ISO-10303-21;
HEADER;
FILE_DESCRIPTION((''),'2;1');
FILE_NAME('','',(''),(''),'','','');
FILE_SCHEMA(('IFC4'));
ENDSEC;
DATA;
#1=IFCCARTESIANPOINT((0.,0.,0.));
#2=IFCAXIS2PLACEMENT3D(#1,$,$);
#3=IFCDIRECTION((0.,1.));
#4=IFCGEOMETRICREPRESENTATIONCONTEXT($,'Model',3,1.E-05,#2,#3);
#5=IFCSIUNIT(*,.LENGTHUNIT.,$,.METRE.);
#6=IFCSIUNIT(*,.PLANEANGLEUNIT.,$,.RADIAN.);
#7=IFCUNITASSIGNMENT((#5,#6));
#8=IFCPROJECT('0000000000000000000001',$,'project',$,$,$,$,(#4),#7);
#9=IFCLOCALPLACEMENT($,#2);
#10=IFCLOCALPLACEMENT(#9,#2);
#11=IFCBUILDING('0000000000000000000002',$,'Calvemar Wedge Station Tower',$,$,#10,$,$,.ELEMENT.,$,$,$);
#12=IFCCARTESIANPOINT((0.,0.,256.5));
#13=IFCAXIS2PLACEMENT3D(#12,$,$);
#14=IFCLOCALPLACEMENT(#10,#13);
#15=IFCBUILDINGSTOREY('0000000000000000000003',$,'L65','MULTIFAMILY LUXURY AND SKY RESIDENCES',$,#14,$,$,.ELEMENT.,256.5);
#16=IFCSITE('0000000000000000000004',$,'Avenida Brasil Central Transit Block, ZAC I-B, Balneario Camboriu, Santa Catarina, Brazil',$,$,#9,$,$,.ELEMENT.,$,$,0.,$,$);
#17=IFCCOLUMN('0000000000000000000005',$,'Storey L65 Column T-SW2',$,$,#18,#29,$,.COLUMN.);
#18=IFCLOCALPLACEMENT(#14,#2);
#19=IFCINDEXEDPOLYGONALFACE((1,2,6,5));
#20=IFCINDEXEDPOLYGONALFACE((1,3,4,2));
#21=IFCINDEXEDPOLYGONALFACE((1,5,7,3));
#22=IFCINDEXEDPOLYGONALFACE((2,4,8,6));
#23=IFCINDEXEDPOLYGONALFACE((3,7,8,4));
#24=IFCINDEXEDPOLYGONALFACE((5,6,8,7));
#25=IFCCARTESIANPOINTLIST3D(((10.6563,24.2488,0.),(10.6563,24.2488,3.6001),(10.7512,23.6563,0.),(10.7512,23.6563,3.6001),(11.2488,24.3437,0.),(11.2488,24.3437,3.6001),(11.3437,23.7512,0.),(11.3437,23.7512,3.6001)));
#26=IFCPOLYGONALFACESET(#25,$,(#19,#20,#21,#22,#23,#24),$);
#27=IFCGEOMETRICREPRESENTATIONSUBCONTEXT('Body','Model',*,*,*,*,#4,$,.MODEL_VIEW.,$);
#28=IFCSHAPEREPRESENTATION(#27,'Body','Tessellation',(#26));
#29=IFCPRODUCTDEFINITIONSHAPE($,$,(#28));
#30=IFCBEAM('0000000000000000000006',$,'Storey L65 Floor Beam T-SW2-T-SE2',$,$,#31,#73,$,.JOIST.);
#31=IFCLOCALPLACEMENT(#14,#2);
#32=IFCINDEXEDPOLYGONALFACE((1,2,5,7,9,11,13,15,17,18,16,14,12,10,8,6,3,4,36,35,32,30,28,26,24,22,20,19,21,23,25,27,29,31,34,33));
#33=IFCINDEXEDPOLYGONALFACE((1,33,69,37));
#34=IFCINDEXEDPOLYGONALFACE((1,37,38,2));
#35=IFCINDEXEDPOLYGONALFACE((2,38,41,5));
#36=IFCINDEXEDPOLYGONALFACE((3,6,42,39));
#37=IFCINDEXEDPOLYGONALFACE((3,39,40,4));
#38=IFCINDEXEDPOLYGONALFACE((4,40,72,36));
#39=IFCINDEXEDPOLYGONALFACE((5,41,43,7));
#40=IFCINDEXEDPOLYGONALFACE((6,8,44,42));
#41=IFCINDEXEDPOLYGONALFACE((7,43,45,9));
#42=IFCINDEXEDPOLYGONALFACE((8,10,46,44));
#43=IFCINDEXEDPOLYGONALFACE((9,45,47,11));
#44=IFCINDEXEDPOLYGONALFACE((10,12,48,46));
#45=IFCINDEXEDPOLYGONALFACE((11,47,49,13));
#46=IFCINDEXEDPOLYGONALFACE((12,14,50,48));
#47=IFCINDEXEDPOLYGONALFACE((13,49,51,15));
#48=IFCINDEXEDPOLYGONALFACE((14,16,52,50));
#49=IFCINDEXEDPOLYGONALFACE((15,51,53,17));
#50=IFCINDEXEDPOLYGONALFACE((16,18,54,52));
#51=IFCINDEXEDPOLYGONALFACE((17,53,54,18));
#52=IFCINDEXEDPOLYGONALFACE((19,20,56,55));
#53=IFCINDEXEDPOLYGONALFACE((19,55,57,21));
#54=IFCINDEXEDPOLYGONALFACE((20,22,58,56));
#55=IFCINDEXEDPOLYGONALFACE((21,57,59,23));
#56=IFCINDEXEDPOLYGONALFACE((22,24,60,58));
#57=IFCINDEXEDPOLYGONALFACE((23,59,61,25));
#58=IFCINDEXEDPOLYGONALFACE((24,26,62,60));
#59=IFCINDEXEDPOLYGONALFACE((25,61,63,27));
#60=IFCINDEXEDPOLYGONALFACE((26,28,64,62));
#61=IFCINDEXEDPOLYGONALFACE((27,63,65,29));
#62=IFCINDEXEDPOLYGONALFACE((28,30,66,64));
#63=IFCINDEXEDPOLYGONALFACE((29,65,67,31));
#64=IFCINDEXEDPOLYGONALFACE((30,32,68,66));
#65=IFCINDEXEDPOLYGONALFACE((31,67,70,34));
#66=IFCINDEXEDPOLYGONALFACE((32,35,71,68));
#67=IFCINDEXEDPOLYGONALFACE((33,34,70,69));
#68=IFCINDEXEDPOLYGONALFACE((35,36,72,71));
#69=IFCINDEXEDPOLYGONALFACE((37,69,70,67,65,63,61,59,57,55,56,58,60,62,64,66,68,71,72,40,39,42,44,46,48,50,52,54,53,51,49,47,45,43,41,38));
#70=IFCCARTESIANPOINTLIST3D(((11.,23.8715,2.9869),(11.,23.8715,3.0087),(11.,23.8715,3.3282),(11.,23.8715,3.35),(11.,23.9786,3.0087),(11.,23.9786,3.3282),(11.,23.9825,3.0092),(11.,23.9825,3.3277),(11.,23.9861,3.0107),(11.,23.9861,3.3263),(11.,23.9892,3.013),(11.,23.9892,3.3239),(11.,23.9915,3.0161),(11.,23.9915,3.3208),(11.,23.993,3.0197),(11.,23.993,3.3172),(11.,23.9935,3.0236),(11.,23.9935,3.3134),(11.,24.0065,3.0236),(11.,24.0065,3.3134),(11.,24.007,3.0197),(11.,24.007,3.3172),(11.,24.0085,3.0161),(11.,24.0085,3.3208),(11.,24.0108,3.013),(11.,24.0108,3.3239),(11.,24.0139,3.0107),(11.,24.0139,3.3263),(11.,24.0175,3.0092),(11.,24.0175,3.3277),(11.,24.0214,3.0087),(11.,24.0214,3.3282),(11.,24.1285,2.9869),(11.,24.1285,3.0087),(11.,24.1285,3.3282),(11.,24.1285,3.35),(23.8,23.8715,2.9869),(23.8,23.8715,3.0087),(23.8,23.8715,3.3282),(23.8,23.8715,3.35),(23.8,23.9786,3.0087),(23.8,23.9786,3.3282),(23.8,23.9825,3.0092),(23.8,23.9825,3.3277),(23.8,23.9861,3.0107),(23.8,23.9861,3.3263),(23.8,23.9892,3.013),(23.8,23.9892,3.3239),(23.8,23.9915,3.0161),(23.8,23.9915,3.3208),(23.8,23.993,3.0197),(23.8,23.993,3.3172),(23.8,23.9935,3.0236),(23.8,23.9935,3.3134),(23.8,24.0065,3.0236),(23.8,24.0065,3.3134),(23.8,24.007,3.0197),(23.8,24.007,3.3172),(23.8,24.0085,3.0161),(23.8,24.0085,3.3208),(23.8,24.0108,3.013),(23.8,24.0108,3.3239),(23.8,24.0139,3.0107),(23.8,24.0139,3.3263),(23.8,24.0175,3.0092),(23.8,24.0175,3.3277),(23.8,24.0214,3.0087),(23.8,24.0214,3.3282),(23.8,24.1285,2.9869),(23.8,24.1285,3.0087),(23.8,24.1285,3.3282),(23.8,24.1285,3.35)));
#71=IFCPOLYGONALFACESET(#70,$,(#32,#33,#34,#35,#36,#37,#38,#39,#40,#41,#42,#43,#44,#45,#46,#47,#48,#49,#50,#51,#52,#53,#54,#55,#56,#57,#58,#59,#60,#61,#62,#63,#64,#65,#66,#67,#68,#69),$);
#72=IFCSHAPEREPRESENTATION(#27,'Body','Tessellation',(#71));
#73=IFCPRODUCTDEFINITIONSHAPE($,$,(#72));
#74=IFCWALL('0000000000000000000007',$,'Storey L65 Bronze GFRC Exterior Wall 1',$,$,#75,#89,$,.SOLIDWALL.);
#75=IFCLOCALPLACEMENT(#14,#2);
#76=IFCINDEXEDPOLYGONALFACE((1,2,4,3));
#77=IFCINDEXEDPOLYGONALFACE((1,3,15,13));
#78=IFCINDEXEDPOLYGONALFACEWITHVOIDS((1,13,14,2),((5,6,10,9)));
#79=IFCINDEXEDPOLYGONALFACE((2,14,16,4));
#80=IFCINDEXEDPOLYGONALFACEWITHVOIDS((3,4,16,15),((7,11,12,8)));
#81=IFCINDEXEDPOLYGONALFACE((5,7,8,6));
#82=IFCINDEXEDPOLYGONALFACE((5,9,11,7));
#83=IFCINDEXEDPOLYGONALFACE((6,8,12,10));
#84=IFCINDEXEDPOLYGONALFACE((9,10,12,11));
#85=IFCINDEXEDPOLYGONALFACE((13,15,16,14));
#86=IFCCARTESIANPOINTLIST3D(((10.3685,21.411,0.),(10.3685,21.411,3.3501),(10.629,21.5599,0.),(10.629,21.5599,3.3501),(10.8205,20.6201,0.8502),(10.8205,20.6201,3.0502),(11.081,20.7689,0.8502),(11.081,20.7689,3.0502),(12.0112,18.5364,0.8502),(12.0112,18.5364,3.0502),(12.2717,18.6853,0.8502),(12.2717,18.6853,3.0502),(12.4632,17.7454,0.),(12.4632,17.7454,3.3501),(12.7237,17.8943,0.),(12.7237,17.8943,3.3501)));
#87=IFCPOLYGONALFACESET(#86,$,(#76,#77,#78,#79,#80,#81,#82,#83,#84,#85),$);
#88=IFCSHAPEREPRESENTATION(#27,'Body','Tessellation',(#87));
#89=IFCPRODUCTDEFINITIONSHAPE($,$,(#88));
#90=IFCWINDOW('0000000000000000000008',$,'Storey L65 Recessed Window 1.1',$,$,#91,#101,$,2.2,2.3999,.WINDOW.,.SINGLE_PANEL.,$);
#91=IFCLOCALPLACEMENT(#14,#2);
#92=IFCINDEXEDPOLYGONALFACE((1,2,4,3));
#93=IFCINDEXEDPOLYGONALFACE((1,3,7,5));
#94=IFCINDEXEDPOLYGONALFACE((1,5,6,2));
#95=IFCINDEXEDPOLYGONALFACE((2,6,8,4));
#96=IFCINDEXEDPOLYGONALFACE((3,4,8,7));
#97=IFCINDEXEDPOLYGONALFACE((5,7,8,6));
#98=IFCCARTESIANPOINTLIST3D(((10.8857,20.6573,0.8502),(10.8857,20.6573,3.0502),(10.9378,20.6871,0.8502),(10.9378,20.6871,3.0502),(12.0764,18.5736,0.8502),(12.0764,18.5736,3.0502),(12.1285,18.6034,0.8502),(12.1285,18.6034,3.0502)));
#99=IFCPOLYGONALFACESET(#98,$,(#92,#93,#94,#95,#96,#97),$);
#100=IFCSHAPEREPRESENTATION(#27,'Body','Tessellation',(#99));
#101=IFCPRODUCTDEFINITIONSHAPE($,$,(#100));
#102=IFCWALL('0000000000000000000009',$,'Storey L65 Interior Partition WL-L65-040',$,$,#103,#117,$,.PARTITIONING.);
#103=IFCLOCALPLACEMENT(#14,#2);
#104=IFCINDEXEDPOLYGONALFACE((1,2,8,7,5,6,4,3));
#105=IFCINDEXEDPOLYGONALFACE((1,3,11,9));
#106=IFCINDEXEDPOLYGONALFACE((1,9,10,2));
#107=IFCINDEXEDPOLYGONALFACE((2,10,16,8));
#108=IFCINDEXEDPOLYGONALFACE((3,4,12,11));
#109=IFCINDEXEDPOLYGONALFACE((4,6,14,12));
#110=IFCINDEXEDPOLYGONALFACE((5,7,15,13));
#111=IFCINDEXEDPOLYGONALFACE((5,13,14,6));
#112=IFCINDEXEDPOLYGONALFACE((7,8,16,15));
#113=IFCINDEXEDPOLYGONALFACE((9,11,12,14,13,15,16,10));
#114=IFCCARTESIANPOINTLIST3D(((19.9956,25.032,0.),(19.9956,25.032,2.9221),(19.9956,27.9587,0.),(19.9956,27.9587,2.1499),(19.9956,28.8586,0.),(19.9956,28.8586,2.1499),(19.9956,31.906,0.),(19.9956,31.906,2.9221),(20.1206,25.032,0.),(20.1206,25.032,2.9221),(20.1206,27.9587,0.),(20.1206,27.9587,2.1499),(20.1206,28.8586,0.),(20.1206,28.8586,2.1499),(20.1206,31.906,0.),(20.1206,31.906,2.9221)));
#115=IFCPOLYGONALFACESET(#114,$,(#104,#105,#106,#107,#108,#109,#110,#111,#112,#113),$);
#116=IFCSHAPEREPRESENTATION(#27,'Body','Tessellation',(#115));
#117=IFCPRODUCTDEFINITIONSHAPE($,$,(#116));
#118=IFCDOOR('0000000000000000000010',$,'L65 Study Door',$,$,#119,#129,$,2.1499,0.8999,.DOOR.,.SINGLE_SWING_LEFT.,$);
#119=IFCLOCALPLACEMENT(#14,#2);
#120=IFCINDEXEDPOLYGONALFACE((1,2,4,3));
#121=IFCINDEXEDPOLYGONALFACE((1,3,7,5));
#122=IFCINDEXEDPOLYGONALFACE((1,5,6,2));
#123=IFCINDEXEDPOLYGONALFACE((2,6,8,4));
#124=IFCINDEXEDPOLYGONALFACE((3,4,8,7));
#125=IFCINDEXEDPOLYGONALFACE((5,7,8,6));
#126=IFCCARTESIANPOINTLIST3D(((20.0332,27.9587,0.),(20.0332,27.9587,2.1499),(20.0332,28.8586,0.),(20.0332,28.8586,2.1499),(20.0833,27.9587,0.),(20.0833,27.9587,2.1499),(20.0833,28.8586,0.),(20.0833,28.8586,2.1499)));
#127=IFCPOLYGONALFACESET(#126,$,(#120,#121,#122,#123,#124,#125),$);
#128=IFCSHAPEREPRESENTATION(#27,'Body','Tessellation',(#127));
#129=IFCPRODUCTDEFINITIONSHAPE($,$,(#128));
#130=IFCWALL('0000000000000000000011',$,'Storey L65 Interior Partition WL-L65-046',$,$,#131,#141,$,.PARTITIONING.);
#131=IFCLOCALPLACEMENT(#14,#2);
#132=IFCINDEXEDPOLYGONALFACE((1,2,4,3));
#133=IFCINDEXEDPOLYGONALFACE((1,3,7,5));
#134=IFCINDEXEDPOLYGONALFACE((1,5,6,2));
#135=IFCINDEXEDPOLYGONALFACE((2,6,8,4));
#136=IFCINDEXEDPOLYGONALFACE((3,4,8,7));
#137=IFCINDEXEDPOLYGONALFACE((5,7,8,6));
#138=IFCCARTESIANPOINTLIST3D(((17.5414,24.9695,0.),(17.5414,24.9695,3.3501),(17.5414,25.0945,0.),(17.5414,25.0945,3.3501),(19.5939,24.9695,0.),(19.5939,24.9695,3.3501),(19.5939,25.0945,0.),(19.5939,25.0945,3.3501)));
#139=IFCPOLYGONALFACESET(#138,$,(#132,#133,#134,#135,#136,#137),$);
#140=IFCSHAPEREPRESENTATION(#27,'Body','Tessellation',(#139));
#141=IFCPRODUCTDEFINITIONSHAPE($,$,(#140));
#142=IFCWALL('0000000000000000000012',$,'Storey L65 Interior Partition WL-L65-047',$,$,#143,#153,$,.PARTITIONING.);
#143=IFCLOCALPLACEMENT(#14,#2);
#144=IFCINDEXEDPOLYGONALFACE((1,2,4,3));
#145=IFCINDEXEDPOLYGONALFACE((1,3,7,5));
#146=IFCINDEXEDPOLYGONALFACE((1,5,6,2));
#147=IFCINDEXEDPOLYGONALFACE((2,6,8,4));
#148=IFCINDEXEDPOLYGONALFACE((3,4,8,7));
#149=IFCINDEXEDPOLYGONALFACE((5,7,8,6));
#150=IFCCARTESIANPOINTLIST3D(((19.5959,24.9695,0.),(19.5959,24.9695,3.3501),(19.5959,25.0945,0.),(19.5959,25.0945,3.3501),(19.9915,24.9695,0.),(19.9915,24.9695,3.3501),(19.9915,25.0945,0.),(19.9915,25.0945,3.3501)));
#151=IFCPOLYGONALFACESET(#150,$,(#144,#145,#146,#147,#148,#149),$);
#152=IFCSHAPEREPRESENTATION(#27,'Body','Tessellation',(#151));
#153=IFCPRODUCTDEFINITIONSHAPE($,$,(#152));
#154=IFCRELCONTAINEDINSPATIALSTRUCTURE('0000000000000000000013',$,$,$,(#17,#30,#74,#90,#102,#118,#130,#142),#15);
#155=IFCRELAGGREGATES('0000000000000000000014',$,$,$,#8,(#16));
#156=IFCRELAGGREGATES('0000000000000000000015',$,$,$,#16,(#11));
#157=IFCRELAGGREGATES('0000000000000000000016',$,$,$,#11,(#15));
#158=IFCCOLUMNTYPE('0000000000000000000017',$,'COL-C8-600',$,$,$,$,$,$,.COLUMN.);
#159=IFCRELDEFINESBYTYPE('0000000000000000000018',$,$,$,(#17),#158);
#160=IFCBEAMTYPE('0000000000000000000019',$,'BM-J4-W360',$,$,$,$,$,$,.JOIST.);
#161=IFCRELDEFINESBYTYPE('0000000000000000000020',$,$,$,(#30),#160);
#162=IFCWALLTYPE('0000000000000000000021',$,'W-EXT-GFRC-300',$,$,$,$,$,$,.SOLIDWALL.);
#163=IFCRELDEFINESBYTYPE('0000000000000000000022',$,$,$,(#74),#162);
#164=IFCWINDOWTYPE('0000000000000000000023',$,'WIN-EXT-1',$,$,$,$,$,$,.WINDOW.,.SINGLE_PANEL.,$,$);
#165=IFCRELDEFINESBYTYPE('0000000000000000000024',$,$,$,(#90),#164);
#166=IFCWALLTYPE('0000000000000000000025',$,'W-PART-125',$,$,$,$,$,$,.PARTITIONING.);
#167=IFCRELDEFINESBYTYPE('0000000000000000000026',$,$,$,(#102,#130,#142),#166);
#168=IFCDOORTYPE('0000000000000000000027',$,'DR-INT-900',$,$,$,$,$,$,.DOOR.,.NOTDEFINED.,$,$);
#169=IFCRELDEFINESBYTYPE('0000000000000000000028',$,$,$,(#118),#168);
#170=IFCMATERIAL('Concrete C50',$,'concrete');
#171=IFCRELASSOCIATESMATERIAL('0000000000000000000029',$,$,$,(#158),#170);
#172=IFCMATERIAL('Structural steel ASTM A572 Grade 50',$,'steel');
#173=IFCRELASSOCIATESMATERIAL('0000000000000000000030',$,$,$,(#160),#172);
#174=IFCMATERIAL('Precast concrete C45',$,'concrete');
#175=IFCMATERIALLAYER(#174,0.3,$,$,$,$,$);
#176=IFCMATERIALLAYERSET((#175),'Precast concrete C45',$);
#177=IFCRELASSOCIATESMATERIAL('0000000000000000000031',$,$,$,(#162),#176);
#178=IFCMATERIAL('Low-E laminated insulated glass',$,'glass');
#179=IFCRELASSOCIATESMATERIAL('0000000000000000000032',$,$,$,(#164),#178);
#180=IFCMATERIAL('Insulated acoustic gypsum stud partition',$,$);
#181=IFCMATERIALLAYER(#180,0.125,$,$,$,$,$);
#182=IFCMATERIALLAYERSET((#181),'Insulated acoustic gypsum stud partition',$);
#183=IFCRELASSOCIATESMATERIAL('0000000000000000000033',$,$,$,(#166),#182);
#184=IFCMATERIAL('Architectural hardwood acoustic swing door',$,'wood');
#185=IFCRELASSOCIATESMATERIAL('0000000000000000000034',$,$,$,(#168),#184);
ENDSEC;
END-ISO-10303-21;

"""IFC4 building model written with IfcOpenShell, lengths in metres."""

from ifc_helpers import new_model, si_unit, direction, frame, frame_2d, origin, origin_2d, place, context, subcontext, project, spatial, rectangle, i_section, extrude, source, transform, mapped, material, layer, layer_set, material_profile, profile_set, type_object, element, fill, save


model = new_model("IFC4")

# Units and contexts
model_context = context("Model", 3, precision=1e-05, world=origin(), true_north=direction((0.0, 1.0)))
body_context = subcontext(model_context, "Body", "Model", "MODEL_VIEW")
ifc_project = project(units=[si_unit("LENGTHUNIT", "METRE"), si_unit("PLANEANGLEUNIT", "RADIAN")], contexts=[model_context])

# Site, building, storey
site_placement = place(None, origin())
site = spatial("IfcSite", under=ifc_project, at=site_placement, Name="Avenida Brasil Central Transit Block, ZAC I-B, Balneario Camboriu, Santa Catarina, Brazil", CompositionType="ELEMENT", RefElevation=0.0)
building_placement = place(site_placement, origin())
building = spatial("IfcBuilding", under=site, at=building_placement, Name="Calvemar Wedge Station Tower", CompositionType="ELEMENT")
storey_placement = place(building_placement, frame((0.0, 0.0, 256.5)))
storey = spatial("IfcBuildingStorey", under=building, at=storey_placement, Name="L65", Description="MULTIFAMILY LUXURY AND SKY RESIDENCES", CompositionType="ELEMENT", Elevation=256.5)

# Column
ifc_material_1 = material(Name="Concrete C50", Category="concrete")
ifc_material_profile_1 = material_profile(ifc_material_1, rectangle(XDim=0.6001, YDim=0.6001, at=origin_2d()), Name="RC600x600")
ifc_profile_set_1 = profile_set([ifc_material_profile_1], Name="Concrete C50")
column_type = type_object("IfcColumnType", Name="COL-C8-600", PredefinedType="COLUMN", material=ifc_profile_set_1)
shared_shape_1 = source(origin(), body_context, "Body", "SweptSolid", [
    extrude(rectangle(XDim=0.6001, YDim=0.6001, at=origin_2d()), origin(), (0.0, 0.0, 1.0), 3.6001),
])
column_placement = place(storey_placement, frame((11.0, 24.0, 0.0), z_axis=(0.0, 0.0, 1.0), x_axis=(0.158158, -0.987414, 0.0)))
element("IfcColumn", 1, at=column_placement, inside=storey, type_object=column_type, Name="Storey L65 Column T-SW2", PredefinedType="COLUMN", context=body_context, shape_type="MappedRepresentation", body=[
    mapped(shared_shape_1, transform((0.0, 0.0, 0.0), scale=1.0)),
])

# Beam
ifc_material_2 = material(Name="Structural steel ASTM A572 Grade 50", Category="steel")
ifc_material_profile_2 = material_profile(ifc_material_2, i_section(OverallWidth=0.2571, OverallDepth=0.363, WebThickness=0.0129, FlangeThickness=0.0217, FilletRadius=0.0149, at=origin_2d()), Name="W360x122")
ifc_profile_set_2 = profile_set([ifc_material_profile_2], Name="Structural steel ASTM A572 Grade 50")
beam_type = type_object("IfcBeamType", Name="BM-J4-W360", PredefinedType="JOIST", material=ifc_profile_set_2)
shared_shape_2 = source(origin(), body_context, "Body", "SweptSolid", [
    extrude(i_section(OverallWidth=0.2571, OverallDepth=0.363, WebThickness=0.0129, FlangeThickness=0.0217, FilletRadius=0.0149, at=origin_2d()), origin(), (0.0, 0.0, 1.0), 12.8),
])
beam_placement = place(storey_placement, frame((11.0, 24.0, 3.1685), z_axis=(1.0, 0.0, 0.0), x_axis=(0.0, 1.0, 0.0)))
element("IfcBeam", 2, at=beam_placement, inside=storey, type_object=beam_type, Name="Storey L65 Floor Beam T-SW2-T-SE2", PredefinedType="JOIST", context=body_context, shape_type="MappedRepresentation", body=[
    mapped(shared_shape_2, transform((0.0, 0.0, 0.0), scale=1.0)),
])

# Wall, opening, window
ifc_material_3 = material(Name="Precast concrete C45", Category="concrete")
ifc_layer_1 = layer(ifc_material_3, 0.3)
ifc_layer_set_1 = layer_set([ifc_layer_1], Name="Precast concrete C45")
wall_type_1 = type_object("IfcWallType", Name="W-EXT-GFRC-300", PredefinedType="SOLIDWALL", material=ifc_layer_set_1)
wall_1_placement = place(storey_placement, frame((10.4988, 21.4854, 0.0), z_axis=(0.0, 0.0, 1.0), x_axis=(0.496164, -0.868229, 0.0)))
wall_1 = element("IfcWall", 3, at=wall_1_placement, inside=storey, type_object=wall_type_1, Name="Storey L65 Bronze GFRC Exterior Wall 1", PredefinedType="SOLIDWALL", context=body_context, shape_type="SweptSolid", body=[
    extrude(rectangle(XDim=4.2219, YDim=0.3, at=frame_2d((2.1108, 0.0))), origin(), (0.0, 0.0, 1.0), 3.3501),
])
shared_shape_3 = source(origin(), body_context, "Body", "SweptSolid", [
    extrude(rectangle(XDim=2.3999, YDim=2.2, at=frame_2d((1.2, 1.1001))), frame((0.0, 0.1602, 0.0), z_axis=(0.0, -1.0, 0.0), x_axis=(1.0, 0.0, 0.0)), (0.0, 0.0, 1.0), 0.3201),
])
opening_1_placement = place(wall_1_placement, frame((0.9109, 0.0, 0.8501)))
opening_1 = element("IfcOpeningElement", 4, at=opening_1_placement, cuts=wall_1, PredefinedType="OPENING", context=body_context, shape_type="MappedRepresentation", body=[
    mapped(shared_shape_3, transform((0.0, 0.0, 0.0), scale=1.0)),
])
ifc_material_4 = material(Name="Low-E laminated insulated glass", Category="glass")
window_type = type_object("IfcWindowType", Name="WIN-EXT-1", PartitioningType="SINGLE_PANEL", PredefinedType="WINDOW", material=ifc_material_4)
shared_shape_4 = source(origin(), body_context, "Body", "SweptSolid", [
    extrude(rectangle(XDim=2.3999, YDim=2.2, at=frame_2d((1.2, 1.1001))), frame((0.0, -0.0149, 0.0), z_axis=(0.0, -1.0, 0.0), x_axis=(1.0, 0.0, 0.0)), (0.0, 0.0, 1.0), 0.0601),
])
window_placement = place(opening_1_placement, origin())
window = element("IfcWindow", 5, at=window_placement, inside=storey, type_object=window_type, Name="Storey L65 Recessed Window 1.1", OverallHeight=2.2, OverallWidth=2.3999, PartitioningType="SINGLE_PANEL", PredefinedType="WINDOW", context=body_context, shape_type="MappedRepresentation", body=[
    mapped(shared_shape_4, transform((0.0, 0.0, 0.0), scale=1.0)),
])
fill(opening_1, window)

# Wall, opening, door
ifc_material_5 = material(Name="Insulated acoustic gypsum stud partition")
ifc_layer_2 = layer(ifc_material_5, 0.125)
ifc_layer_set_2 = layer_set([ifc_layer_2], Name="Insulated acoustic gypsum stud partition")
wall_type_2 = type_object("IfcWallType", Name="W-PART-125", PredefinedType="PARTITIONING", material=ifc_layer_set_2)
wall_2_placement = place(storey_placement, frame((20.0581, 25.032, 0.0), z_axis=(0.0, 0.0, 1.0), x_axis=(0.0, 1.0, 0.0)))
wall_2 = element("IfcWall", 6, at=wall_2_placement, inside=storey, type_object=wall_type_2, Name="Storey L65 Interior Partition WL-L65-040", PredefinedType="PARTITIONING", context=body_context, shape_type="SweptSolid", body=[
    extrude(rectangle(XDim=6.874, YDim=0.125, at=frame_2d((3.437, 0.0))), origin(), (0.0, 0.0, 1.0), 2.9221),
])
shared_shape_5 = source(origin(), body_context, "Body", "SweptSolid", [
    extrude(rectangle(XDim=0.8999, YDim=2.1499, at=frame_2d((0.45, 1.075))), frame((0.0, 0.0725, 0.0), z_axis=(0.0, -1.0, 0.0), x_axis=(1.0, 0.0, 0.0)), (0.0, 0.0, 1.0), 0.145),
])
opening_2_placement = place(wall_2_placement, frame((2.9268, 0.0, 0.0)))
opening_2 = element("IfcOpeningElement", 7, at=opening_2_placement, cuts=wall_2, PredefinedType="OPENING", context=body_context, shape_type="MappedRepresentation", body=[
    mapped(shared_shape_5, transform((0.0, 0.0, 0.0), scale=1.0)),
])
ifc_material_6 = material(Name="Architectural hardwood acoustic swing door", Category="wood")
door_type_1 = type_object("IfcDoorType", Name="DR-INT-900", OperationType="NOTDEFINED", PredefinedType="DOOR", material=ifc_material_6)
shared_shape_6 = source(origin(), body_context, "Body", "SweptSolid", [
    extrude(rectangle(XDim=0.8999, YDim=2.1499, at=frame_2d((0.45, 1.075))), frame((0.0, 0.0249, 0.0), z_axis=(0.0, -1.0, 0.0), x_axis=(1.0, 0.0, 0.0)), (0.0, 0.0, 1.0), 0.05),
])
door_1_placement = place(opening_2_placement, origin())
door_1 = element("IfcDoor", 8, at=door_1_placement, inside=storey, type_object=door_type_1, Name="L65 Study Door", OperationType="SINGLE_SWING_LEFT", OverallHeight=2.1499, OverallWidth=0.8999, PredefinedType="DOOR", context=body_context, shape_type="MappedRepresentation", body=[
    mapped(shared_shape_6, transform((0.0, 0.0, 0.0), scale=1.0)),
])
fill(opening_2, door_1)

# Walls
wall_3_placement = place(storey_placement, frame((19.594, 25.032, 0.0), z_axis=(0.0, 0.0, 1.0), x_axis=(-1.0, 0.0, 0.0)))
element("IfcWall", 9, at=wall_3_placement, inside=storey, type_object=wall_type_2, Name="Storey L65 Interior Partition WL-L65-046", PredefinedType="PARTITIONING", context=body_context, shape_type="SweptSolid", body=[
    extrude(rectangle(XDim=2.0525, YDim=0.125, at=frame_2d((1.0264, 0.0))), origin(), (0.0, 0.0, 1.0), 3.3501),
])
wall_4_placement = place(storey_placement, frame((19.9915, 25.032, 0.0), z_axis=(0.0, 0.0, 1.0), x_axis=(-1.0, 0.0, 0.0)))
element("IfcWall", 10, at=wall_4_placement, inside=storey, type_object=wall_type_2, Name="Storey L65 Interior Partition WL-L65-047", PredefinedType="PARTITIONING", context=body_context, shape_type="SweptSolid", body=[
    extrude(rectangle(XDim=0.3955, YDim=0.125, at=frame_2d((0.1978, 0.0))), origin(), (0.0, 0.0, 1.0), 3.3501),
])

save(model, "model.ifc")
